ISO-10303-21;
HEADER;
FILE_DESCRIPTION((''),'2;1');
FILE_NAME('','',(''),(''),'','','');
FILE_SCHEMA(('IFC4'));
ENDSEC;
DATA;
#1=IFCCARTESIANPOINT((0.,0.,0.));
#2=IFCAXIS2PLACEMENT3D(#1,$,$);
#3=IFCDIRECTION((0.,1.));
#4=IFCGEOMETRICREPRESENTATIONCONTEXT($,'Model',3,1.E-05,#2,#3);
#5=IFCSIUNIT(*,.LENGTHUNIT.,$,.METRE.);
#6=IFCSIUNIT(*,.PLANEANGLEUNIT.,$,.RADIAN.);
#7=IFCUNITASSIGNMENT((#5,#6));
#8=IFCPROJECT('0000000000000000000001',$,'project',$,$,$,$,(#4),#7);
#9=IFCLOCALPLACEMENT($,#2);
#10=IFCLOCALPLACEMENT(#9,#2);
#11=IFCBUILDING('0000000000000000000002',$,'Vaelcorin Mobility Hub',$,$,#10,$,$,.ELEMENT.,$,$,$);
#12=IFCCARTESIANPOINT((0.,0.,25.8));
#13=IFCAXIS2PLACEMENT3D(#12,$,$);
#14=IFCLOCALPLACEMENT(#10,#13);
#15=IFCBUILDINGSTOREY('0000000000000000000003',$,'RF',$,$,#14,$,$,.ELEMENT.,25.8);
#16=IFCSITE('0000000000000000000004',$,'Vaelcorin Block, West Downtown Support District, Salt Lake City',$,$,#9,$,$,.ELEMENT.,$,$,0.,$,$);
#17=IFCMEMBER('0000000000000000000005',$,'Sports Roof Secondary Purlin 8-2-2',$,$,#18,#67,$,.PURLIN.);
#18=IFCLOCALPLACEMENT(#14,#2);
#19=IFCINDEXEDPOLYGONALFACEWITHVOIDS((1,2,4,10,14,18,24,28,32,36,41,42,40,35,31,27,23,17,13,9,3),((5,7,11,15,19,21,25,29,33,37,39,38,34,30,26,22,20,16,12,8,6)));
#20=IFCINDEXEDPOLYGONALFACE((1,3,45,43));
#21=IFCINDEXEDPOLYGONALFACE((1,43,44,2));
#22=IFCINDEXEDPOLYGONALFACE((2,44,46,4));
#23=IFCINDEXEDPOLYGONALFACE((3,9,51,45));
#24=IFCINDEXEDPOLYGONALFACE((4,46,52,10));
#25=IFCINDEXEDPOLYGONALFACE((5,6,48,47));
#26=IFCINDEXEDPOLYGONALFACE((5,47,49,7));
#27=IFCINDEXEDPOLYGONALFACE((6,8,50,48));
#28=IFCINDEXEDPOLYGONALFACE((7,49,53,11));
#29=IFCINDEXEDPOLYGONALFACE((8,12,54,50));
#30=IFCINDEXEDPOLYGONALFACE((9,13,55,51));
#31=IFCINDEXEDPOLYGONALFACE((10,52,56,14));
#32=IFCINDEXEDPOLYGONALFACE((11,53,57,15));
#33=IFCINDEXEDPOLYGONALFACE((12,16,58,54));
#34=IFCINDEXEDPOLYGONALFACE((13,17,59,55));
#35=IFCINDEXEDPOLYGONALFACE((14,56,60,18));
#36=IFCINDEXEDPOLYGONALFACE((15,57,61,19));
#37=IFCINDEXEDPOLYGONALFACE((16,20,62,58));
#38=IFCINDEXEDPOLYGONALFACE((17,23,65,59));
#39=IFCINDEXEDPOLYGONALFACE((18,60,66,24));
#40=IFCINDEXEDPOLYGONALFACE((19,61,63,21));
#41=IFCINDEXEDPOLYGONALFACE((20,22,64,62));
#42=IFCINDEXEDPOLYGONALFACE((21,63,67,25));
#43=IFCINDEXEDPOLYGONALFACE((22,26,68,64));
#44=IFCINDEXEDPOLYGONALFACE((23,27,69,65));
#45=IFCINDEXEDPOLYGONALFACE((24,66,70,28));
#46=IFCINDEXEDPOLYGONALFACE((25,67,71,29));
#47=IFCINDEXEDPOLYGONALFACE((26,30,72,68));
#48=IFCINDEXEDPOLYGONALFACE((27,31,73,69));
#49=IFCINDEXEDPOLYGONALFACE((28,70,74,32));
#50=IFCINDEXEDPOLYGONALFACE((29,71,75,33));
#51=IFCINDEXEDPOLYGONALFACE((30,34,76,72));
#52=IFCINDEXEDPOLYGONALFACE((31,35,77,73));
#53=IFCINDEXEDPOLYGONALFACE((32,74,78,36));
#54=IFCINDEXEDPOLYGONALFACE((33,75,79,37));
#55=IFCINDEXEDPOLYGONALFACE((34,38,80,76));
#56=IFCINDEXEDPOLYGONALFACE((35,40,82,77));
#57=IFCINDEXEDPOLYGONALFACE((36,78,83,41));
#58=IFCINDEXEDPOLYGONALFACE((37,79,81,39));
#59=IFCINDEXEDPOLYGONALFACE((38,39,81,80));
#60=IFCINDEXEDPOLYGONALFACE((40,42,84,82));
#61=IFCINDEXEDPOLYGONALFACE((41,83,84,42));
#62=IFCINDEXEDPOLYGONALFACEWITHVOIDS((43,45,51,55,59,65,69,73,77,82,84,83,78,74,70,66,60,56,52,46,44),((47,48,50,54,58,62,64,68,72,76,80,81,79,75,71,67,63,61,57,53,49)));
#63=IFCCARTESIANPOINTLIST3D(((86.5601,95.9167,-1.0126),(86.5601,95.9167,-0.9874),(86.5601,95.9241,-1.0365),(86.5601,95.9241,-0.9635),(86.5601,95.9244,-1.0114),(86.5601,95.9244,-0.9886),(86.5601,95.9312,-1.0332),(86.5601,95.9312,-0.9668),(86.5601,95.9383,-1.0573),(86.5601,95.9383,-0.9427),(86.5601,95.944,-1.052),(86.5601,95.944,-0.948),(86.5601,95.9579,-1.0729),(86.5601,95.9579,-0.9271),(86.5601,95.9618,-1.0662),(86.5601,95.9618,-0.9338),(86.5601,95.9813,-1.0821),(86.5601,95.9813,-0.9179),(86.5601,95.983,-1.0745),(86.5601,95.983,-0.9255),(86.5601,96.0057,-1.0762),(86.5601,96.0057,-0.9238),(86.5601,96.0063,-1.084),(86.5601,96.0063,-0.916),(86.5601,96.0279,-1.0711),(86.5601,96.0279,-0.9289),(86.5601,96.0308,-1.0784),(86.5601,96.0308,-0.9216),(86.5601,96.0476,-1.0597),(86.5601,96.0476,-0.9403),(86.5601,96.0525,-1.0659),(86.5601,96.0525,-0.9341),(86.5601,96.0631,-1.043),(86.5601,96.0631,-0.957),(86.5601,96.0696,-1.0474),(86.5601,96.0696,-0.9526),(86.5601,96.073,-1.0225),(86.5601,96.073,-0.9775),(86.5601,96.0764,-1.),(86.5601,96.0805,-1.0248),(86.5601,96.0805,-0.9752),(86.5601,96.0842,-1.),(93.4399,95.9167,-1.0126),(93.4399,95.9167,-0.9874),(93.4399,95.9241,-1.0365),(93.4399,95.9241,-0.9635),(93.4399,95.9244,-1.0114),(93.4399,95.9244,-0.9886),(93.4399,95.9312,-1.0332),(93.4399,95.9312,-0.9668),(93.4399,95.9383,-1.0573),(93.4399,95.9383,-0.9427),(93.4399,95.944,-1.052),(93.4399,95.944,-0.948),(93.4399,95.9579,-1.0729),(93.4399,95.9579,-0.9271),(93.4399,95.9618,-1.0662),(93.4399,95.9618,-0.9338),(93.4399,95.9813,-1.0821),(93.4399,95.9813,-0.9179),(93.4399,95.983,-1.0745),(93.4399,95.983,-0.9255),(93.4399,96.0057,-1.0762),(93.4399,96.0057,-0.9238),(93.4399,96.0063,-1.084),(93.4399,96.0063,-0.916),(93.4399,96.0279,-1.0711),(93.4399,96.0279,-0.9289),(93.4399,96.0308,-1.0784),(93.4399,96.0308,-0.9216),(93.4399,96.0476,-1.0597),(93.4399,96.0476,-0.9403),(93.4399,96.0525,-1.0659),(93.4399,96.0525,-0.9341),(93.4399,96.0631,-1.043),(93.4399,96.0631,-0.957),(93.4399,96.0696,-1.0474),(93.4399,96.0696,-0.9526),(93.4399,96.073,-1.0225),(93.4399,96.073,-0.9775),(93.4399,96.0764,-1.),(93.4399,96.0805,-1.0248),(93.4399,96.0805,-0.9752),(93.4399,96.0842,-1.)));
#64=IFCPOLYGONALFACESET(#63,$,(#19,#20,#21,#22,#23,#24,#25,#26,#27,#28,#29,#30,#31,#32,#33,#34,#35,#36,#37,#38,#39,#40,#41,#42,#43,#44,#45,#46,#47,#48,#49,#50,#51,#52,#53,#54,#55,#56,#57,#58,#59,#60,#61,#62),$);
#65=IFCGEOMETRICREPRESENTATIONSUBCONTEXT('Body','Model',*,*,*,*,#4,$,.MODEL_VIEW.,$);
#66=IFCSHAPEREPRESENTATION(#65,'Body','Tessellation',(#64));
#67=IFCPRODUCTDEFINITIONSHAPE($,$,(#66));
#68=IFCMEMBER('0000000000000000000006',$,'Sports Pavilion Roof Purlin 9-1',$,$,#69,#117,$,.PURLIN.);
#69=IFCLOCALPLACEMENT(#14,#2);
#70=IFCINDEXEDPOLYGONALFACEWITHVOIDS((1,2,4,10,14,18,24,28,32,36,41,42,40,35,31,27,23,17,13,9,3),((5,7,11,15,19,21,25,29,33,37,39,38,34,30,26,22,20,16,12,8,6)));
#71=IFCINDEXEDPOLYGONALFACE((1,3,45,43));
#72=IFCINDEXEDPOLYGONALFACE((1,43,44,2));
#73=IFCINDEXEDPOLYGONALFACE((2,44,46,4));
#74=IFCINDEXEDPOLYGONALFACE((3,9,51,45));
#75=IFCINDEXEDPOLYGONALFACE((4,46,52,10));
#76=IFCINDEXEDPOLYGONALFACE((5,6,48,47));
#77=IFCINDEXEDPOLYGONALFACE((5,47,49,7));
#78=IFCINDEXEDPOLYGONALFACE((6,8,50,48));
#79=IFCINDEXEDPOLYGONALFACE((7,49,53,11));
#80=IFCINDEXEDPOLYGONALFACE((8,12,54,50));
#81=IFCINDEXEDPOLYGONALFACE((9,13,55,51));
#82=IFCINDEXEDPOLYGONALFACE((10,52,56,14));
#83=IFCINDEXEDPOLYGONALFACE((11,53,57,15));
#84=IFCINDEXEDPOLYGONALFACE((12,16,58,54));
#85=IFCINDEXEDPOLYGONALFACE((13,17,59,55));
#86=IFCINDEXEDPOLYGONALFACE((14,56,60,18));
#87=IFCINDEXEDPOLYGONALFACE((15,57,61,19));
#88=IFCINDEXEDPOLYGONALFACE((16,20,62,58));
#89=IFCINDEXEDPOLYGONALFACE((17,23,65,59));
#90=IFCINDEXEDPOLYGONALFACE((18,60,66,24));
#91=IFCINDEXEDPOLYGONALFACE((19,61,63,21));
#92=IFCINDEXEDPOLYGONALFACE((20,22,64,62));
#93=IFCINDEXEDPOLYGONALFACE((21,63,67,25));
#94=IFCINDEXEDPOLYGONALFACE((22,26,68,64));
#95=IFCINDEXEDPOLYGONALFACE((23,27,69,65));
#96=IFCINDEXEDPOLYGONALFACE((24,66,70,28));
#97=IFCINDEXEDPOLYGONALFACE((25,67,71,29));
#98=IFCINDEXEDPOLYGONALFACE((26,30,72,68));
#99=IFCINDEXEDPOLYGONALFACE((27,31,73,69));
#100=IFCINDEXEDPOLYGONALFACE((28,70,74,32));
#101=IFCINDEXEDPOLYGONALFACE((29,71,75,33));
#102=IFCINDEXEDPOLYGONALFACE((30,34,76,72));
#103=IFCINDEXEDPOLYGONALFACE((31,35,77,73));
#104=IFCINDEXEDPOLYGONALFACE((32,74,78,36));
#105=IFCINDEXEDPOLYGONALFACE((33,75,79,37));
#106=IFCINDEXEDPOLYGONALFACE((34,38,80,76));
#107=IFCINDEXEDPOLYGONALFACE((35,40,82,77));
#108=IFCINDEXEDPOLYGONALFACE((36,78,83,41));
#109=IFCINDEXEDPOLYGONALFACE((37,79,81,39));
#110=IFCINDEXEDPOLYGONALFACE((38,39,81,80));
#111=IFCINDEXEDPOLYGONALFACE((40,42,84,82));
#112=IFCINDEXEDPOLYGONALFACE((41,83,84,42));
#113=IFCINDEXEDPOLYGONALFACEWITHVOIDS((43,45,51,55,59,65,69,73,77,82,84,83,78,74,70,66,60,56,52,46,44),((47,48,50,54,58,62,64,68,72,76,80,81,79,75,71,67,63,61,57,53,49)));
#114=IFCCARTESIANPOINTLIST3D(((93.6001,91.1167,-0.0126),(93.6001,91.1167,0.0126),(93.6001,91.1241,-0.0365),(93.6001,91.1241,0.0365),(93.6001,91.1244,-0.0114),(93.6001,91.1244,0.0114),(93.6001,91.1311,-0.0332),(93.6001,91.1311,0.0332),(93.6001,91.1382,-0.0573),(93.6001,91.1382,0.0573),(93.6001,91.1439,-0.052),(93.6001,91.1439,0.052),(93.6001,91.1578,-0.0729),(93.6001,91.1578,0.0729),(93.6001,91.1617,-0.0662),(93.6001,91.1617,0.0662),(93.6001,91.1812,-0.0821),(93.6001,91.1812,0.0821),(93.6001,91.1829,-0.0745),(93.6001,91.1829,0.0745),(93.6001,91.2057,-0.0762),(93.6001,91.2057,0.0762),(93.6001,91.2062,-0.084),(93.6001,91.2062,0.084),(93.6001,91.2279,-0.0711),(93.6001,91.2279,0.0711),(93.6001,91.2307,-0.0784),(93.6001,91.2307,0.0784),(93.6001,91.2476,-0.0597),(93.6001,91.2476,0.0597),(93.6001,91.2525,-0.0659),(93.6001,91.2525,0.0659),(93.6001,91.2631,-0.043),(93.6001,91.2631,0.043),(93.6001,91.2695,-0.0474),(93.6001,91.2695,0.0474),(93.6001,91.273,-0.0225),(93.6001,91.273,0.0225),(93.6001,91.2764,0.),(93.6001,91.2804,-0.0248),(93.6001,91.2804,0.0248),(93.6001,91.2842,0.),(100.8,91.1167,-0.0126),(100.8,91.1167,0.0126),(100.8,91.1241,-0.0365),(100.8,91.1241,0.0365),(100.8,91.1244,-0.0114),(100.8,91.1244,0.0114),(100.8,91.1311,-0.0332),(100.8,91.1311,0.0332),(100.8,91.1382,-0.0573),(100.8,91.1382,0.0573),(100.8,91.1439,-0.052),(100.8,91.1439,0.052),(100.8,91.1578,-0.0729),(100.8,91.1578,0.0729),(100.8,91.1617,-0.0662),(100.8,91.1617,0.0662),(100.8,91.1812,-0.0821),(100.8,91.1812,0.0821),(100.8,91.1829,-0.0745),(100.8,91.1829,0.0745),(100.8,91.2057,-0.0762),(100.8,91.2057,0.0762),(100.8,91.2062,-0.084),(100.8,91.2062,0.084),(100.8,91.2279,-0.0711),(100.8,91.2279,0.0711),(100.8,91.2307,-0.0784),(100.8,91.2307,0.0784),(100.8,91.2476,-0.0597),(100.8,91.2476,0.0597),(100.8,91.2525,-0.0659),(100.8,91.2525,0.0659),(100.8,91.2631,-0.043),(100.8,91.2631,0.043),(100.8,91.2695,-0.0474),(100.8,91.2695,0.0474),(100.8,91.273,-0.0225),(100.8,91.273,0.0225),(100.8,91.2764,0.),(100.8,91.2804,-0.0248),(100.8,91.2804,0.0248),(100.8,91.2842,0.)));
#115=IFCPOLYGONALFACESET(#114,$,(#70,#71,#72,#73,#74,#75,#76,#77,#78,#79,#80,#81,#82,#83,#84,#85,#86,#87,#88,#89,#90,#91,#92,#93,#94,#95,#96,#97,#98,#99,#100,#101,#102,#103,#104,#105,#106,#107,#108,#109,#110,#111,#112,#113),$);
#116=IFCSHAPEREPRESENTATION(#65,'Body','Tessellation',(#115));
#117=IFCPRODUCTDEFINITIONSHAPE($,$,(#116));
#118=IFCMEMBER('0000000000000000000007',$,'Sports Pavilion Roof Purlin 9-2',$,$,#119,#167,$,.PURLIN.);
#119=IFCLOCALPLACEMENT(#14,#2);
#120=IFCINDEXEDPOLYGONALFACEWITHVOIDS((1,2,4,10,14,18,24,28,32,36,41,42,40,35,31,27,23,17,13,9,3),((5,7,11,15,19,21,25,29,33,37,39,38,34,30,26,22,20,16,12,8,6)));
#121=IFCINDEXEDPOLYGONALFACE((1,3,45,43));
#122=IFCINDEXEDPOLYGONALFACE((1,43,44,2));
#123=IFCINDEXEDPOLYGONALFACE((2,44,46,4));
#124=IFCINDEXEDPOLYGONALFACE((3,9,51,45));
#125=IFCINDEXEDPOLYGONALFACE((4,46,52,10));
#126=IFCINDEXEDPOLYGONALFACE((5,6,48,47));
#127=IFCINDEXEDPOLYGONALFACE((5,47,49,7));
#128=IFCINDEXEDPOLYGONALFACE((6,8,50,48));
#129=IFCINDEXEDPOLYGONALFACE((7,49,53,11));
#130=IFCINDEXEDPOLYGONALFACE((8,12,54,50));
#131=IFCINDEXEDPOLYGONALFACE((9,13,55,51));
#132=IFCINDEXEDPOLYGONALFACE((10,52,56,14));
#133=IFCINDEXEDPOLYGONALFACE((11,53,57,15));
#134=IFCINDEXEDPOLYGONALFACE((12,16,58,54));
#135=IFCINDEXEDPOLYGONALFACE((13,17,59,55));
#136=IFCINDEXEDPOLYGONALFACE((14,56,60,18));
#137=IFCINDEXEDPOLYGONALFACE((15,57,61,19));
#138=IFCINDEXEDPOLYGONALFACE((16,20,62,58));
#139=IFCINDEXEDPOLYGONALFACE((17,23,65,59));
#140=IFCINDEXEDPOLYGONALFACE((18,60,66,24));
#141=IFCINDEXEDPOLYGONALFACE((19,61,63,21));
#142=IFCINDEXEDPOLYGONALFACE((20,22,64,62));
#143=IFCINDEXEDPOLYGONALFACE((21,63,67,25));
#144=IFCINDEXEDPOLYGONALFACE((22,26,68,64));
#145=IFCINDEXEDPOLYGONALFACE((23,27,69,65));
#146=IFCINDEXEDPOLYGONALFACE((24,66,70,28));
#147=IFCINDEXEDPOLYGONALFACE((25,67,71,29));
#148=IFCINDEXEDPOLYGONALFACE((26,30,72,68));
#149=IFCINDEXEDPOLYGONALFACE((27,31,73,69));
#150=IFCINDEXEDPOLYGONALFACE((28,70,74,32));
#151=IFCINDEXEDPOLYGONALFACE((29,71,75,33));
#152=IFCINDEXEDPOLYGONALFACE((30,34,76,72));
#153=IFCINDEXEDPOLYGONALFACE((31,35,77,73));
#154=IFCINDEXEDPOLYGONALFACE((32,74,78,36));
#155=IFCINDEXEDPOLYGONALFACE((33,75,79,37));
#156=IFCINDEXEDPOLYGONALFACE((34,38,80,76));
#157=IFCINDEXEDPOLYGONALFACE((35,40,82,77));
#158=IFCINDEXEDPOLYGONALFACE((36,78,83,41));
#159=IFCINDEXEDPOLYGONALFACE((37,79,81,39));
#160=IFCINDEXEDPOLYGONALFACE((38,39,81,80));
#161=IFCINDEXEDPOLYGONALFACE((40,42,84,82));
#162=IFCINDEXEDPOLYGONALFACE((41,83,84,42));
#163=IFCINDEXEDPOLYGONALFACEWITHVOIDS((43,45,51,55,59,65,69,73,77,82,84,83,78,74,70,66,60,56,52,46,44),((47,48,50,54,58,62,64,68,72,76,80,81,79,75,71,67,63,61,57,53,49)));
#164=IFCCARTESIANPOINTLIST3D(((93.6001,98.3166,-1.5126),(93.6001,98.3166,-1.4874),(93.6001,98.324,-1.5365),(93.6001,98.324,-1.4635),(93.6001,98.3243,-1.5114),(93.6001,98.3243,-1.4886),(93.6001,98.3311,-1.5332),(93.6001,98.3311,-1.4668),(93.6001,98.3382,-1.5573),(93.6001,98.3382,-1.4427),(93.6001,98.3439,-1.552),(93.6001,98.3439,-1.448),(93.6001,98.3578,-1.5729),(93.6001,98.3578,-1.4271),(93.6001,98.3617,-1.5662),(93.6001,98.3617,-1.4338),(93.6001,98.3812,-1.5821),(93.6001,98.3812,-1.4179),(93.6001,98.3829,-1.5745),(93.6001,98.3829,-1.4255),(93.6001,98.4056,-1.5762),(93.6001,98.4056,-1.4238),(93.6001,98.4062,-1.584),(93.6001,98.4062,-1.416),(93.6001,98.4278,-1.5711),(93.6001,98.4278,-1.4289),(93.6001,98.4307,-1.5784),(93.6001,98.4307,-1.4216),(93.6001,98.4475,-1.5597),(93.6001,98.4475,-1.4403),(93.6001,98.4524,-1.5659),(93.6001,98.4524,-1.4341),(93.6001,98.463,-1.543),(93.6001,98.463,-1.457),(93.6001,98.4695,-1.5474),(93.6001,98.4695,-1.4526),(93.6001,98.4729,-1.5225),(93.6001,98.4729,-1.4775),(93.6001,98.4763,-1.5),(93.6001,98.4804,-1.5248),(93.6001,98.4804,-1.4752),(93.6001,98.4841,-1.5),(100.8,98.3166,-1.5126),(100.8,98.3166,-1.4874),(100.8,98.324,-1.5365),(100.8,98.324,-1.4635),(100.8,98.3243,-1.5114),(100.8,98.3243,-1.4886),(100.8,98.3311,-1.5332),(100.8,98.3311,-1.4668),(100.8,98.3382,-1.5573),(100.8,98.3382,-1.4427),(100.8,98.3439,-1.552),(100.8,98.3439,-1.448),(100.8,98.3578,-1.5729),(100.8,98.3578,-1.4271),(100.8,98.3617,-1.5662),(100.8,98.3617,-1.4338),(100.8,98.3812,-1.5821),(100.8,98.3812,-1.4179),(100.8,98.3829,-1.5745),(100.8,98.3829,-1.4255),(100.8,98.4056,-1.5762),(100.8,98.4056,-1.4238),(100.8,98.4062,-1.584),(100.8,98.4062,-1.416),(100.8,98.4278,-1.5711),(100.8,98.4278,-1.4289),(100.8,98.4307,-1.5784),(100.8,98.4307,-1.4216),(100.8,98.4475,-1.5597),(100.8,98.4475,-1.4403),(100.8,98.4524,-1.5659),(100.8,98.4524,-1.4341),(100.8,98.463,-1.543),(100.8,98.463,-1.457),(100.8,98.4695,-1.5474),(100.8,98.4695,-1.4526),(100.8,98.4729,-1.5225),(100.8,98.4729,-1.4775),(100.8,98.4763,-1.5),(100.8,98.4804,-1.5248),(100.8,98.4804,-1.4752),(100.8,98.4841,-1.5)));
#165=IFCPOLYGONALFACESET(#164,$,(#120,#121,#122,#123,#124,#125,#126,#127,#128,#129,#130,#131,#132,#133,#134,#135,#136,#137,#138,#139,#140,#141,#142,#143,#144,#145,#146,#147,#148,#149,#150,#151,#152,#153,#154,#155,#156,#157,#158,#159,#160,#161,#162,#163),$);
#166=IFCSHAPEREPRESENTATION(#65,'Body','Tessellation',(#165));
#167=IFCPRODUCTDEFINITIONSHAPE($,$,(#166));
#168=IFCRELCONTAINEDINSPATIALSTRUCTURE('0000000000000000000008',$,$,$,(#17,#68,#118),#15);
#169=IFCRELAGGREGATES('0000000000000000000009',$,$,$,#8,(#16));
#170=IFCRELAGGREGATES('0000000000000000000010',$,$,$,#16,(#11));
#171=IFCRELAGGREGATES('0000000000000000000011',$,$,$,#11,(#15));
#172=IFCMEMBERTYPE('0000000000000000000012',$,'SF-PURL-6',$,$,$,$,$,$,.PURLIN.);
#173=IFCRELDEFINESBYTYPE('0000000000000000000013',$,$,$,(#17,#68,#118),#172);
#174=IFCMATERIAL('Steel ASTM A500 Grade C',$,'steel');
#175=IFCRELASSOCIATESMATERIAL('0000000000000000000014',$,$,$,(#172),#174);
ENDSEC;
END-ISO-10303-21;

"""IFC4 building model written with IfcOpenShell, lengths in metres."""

from ifc_helpers import new_model, si_unit, direction, frame, origin, origin_2d, place, context, subcontext, project, spatial, hollow_circle, extrude, material, material_profile, profile_set, type_object, element, save


model = new_model("IFC4")

# Units and contexts
model_context = context("Model", 3, precision=1e-05, world=origin(), true_north=direction((0.0, 1.0)))
body_context = subcontext(model_context, "Body", "Model", "MODEL_VIEW")
ifc_project = project(units=[si_unit("LENGTHUNIT", "METRE"), si_unit("PLANEANGLEUNIT", "RADIAN")], contexts=[model_context])

# Site, building, storey
site_placement = place(None, origin())
site = spatial("IfcSite", under=ifc_project, at=site_placement, Name="Vaelcorin Block, West Downtown Support District, Salt Lake City", CompositionType="ELEMENT", RefElevation=0.0)
building_placement = place(site_placement, origin())
building = spatial("IfcBuilding", under=site, at=building_placement, Name="Vaelcorin Mobility Hub", CompositionType="ELEMENT")
storey_placement = place(building_placement, frame((0.0, 0.0, 25.8)))
storey = spatial("IfcBuildingStorey", under=building, at=storey_placement, Name="RF", CompositionType="ELEMENT", Elevation=25.8)

# Members
ifc_material_1 = material(Name="Steel ASTM A500 Grade C", Category="steel")
ifc_material_profile_1 = material_profile(ifc_material_1, hollow_circle(Radius=0.0842, WallThickness=0.0078, at=origin_2d()), Name="HSS6.625X0.312")
ifc_profile_set_1 = profile_set([ifc_material_profile_1], Name="Steel ASTM A500 Grade C")
member_type_1 = type_object("IfcMemberType", Name="SF-PURL-6", PredefinedType="PURLIN", material=ifc_profile_set_1)
for number, where, z_axis, x_axis, name in (
    (1, (86.5601, 96.0, -1.0), (1.0, 0.0, 0.0), (0.0, 1.0, 0.0), "Sports Roof Secondary Purlin 8-2-2"),
):
    element("IfcMember", number, at=place(storey_placement, frame(where, z_axis=z_axis, x_axis=x_axis)), inside=storey, type_object=member_type_1, Name=name, PredefinedType="PURLIN", context=body_context, shape_type="SweptSolid", body=[
        extrude(hollow_circle(Radius=0.0842, WallThickness=0.0078, at=origin_2d()), origin(), (0.0, 0.0, 1.0), 6.8799),
    ])
for number, where, z_axis, x_axis, name in (
    (2, (93.6001, 91.2, 0.0), (1.0, 0.0, 0.0), (0.0, 1.0, 0.0), "Sports Pavilion Roof Purlin 9-1"),
    (3, (93.6001, 98.3999, -1.5), (1.0, 0.0, 0.0), (0.0, 1.0, 0.0), "Sports Pavilion Roof Purlin 9-2"),
):
    element("IfcMember", number, at=place(storey_placement, frame(where, z_axis=z_axis, x_axis=x_axis)), inside=storey, type_object=member_type_1, Name=name, PredefinedType="PURLIN", context=body_context, shape_type="SweptSolid", body=[
        extrude(hollow_circle(Radius=0.0842, WallThickness=0.0078, at=origin_2d()), origin(), (0.0, 0.0, 1.0), 7.2),
    ])

save(model, "model.ifc")
